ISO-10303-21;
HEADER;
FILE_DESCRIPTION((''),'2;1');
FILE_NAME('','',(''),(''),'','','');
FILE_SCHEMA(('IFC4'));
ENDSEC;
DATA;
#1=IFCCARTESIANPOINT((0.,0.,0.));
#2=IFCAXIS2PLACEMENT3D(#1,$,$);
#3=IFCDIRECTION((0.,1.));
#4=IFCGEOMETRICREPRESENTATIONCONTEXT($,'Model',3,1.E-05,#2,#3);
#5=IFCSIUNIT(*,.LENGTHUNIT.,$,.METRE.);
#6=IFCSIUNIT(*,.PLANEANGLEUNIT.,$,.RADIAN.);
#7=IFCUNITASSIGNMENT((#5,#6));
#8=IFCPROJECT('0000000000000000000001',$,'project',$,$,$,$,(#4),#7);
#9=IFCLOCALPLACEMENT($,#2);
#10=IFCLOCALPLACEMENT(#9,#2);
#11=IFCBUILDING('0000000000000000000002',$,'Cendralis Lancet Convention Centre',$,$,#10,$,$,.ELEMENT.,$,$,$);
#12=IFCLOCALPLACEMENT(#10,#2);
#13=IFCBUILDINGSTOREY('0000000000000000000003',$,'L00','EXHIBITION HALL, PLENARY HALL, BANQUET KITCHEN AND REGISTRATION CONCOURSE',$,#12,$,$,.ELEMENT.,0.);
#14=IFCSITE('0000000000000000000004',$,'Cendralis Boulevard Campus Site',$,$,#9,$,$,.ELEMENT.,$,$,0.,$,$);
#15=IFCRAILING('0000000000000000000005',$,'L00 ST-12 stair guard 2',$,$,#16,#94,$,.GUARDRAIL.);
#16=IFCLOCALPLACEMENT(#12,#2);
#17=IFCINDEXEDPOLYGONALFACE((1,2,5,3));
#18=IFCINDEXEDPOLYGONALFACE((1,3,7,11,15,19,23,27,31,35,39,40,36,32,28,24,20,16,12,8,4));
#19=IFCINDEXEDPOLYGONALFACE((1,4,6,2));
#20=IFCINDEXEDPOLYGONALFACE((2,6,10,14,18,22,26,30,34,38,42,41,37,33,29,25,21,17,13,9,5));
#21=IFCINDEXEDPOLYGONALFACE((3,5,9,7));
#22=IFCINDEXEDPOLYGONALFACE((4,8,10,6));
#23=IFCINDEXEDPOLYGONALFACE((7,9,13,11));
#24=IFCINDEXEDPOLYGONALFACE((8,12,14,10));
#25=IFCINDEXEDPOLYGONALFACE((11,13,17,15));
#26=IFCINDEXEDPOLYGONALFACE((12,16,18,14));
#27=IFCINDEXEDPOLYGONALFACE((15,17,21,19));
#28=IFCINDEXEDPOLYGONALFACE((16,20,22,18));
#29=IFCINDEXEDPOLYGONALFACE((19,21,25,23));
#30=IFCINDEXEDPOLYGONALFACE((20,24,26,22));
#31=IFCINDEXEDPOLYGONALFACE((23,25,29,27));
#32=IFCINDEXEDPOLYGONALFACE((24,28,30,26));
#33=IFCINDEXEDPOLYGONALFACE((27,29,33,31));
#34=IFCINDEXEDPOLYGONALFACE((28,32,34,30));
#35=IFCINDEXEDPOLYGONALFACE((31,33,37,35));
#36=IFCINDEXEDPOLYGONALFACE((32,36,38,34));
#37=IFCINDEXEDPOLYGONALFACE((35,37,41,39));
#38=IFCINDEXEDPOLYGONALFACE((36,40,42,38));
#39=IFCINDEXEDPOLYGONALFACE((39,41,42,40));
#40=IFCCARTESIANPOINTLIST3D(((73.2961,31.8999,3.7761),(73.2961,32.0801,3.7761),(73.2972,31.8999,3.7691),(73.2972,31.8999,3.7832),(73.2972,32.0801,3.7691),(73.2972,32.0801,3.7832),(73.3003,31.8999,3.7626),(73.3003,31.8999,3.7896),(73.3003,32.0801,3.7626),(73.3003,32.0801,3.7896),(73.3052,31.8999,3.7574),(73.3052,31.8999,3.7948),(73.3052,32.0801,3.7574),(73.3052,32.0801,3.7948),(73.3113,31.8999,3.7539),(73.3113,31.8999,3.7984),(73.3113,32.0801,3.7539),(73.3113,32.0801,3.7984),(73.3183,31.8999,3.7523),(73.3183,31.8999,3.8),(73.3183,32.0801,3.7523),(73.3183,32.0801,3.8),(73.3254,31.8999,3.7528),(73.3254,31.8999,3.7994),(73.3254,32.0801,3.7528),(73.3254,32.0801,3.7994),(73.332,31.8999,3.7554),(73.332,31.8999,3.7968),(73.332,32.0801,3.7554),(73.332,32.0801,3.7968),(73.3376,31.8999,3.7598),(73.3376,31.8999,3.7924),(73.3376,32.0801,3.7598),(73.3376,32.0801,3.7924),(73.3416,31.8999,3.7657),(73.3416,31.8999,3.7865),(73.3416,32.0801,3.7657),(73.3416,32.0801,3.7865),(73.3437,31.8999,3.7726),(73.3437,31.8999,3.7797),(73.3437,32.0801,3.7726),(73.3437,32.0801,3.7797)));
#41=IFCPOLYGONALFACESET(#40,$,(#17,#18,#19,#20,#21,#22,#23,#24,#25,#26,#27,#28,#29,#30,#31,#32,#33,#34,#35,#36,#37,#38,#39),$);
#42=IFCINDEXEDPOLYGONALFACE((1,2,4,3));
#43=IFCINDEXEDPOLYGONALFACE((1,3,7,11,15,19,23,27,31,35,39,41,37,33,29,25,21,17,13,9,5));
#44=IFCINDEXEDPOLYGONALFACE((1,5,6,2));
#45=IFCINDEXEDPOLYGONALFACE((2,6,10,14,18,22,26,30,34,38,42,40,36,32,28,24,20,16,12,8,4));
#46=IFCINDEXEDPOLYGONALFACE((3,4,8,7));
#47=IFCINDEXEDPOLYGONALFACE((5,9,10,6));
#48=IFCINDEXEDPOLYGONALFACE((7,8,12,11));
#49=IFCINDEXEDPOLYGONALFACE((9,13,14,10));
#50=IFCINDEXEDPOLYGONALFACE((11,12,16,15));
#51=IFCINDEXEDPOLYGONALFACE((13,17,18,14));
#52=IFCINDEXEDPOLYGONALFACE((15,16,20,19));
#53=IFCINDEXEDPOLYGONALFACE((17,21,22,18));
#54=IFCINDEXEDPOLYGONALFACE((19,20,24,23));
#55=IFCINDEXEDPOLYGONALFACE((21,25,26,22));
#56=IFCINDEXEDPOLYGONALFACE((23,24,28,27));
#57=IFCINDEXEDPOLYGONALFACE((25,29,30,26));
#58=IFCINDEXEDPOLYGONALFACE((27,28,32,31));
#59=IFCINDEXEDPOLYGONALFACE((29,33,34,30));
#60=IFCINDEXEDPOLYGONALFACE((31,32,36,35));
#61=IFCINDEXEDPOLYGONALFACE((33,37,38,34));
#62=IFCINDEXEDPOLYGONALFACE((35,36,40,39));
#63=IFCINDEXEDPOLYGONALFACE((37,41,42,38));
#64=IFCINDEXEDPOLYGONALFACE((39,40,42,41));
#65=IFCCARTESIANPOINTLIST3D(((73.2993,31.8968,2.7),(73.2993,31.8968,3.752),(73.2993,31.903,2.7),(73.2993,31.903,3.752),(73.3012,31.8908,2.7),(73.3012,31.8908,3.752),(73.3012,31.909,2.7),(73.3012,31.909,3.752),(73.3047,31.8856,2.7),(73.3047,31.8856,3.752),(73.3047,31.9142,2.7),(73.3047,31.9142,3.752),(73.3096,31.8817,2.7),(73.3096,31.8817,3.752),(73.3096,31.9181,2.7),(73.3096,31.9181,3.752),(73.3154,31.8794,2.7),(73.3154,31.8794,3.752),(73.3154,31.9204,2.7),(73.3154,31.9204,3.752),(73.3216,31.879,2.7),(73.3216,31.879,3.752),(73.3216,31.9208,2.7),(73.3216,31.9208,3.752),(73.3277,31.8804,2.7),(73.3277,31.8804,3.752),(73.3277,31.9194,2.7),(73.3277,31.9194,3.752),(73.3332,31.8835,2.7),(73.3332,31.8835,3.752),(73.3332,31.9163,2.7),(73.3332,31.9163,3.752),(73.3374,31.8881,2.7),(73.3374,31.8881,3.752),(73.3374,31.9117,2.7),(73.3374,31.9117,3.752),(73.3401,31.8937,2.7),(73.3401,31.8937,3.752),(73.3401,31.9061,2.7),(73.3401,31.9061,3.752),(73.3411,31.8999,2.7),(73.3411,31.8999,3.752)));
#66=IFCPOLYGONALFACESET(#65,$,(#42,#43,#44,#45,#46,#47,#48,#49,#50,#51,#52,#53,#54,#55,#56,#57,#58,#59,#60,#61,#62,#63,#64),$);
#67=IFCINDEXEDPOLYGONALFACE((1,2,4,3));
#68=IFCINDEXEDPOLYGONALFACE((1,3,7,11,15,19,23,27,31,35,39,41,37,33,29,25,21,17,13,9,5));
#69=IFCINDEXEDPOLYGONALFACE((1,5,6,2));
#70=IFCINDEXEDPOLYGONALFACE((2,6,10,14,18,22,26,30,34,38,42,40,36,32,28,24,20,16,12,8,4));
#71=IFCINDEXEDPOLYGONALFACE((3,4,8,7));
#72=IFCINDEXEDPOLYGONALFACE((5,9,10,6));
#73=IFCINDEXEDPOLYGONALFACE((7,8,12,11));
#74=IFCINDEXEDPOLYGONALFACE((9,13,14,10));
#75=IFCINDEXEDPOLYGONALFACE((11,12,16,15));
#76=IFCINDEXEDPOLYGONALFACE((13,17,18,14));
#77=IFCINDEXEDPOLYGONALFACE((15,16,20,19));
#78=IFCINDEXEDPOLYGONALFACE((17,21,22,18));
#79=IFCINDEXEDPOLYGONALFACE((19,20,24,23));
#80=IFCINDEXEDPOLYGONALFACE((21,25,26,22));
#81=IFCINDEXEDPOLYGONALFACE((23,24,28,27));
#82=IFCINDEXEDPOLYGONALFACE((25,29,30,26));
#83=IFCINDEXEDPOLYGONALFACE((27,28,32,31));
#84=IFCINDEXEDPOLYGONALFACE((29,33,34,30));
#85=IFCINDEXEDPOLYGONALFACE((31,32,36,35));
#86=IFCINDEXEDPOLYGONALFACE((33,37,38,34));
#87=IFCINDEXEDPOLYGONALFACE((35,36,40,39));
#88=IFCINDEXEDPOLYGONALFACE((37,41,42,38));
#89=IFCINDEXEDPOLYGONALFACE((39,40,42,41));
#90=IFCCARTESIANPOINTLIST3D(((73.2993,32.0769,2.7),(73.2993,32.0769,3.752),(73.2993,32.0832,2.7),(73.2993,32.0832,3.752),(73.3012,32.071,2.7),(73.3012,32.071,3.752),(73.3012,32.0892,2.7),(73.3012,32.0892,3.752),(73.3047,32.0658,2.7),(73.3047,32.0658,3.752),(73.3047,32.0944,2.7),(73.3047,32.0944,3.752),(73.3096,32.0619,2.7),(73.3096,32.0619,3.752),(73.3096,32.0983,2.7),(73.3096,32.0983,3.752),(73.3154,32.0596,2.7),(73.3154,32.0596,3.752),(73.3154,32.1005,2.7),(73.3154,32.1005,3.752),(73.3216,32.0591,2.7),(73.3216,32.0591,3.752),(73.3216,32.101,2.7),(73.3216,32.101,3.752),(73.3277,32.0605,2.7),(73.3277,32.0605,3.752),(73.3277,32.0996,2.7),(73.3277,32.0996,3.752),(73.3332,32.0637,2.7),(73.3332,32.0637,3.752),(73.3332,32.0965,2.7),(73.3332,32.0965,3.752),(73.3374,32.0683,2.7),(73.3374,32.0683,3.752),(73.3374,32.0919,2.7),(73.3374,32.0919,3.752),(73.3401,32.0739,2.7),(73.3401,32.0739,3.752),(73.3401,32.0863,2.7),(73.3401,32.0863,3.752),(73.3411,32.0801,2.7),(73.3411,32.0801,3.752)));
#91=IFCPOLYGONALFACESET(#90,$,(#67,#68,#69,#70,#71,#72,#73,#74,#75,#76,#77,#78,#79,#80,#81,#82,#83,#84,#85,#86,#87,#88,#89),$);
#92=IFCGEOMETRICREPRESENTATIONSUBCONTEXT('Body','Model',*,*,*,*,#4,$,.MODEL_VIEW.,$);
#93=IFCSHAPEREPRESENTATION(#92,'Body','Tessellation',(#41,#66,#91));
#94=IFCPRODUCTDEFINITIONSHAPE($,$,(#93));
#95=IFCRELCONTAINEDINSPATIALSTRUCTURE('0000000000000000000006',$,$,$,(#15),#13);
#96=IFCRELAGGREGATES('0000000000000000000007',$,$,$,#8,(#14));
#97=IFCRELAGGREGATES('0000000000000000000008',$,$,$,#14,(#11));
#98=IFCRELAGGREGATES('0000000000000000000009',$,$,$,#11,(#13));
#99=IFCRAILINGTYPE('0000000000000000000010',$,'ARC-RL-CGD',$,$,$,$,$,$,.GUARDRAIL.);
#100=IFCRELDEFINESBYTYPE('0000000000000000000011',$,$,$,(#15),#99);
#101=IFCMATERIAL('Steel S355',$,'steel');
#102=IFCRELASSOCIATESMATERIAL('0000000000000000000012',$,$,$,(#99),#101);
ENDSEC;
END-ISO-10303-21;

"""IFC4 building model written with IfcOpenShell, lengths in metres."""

from ifc_helpers import new_model, si_unit, direction, frame, origin, origin_2d, place, context, subcontext, project, spatial, circle, extrude, material, type_object, element, save


model = new_model("IFC4")

# Units and contexts
model_context = context("Model", 3, precision=1e-05, world=origin(), true_north=direction((0.0, 1.0)))
body_context = subcontext(model_context, "Body", "Model", "MODEL_VIEW")
ifc_project = project(units=[si_unit("LENGTHUNIT", "METRE"), si_unit("PLANEANGLEUNIT", "RADIAN")], contexts=[model_context])

# Site, building, storey
site_placement = place(None, origin())
site = spatial("IfcSite", under=ifc_project, at=site_placement, Name="Cendralis Boulevard Campus Site", CompositionType="ELEMENT", RefElevation=0.0)
building_placement = place(site_placement, origin())
building = spatial("IfcBuilding", under=site, at=building_placement, Name="Cendralis Lancet Convention Centre", CompositionType="ELEMENT")
storey_placement = place(building_placement, origin())
storey = spatial("IfcBuildingStorey", under=building, at=storey_placement, Name="L00", Description="EXHIBITION HALL, PLENARY HALL, BANQUET KITCHEN AND REGISTRATION CONCOURSE", CompositionType="ELEMENT", Elevation=0.0)

# Shared definitions
ifc_material_1 = material(Name="Steel S355", Category="steel")

# Railing
railing_type_1 = type_object("IfcRailingType", Name="ARC-RL-CGD", PredefinedType="GUARDRAIL", material=ifc_material_1)
railing_1_placement = place(storey_placement, frame((73.3201, 31.8999, 2.7)))
element("IfcRailing", 1, at=railing_1_placement, inside=storey, type_object=railing_type_1, Name="L00 ST-12 stair guard 2", PredefinedType="GUARDRAIL", context=body_context, shape_type="SweptSolid", body=[
    extrude(circle(Radius=0.0239, at=origin_2d()), frame((0.0, 0.0, 1.0762), z_axis=(0.0, 1.0, 0.0), x_axis=(-1.0, 0.0, 0.0)), (0.0, 0.0, 1.0), 0.1802),
    extrude(circle(Radius=0.021, at=origin_2d()), origin(), (0.0, 0.0, 1.0), 1.052),
    extrude(circle(Radius=0.021, at=origin_2d()), frame((0.0, 0.1802, 0.0)), (0.0, 0.0, 1.0), 1.052),
])

save(model, "model.ifc")
